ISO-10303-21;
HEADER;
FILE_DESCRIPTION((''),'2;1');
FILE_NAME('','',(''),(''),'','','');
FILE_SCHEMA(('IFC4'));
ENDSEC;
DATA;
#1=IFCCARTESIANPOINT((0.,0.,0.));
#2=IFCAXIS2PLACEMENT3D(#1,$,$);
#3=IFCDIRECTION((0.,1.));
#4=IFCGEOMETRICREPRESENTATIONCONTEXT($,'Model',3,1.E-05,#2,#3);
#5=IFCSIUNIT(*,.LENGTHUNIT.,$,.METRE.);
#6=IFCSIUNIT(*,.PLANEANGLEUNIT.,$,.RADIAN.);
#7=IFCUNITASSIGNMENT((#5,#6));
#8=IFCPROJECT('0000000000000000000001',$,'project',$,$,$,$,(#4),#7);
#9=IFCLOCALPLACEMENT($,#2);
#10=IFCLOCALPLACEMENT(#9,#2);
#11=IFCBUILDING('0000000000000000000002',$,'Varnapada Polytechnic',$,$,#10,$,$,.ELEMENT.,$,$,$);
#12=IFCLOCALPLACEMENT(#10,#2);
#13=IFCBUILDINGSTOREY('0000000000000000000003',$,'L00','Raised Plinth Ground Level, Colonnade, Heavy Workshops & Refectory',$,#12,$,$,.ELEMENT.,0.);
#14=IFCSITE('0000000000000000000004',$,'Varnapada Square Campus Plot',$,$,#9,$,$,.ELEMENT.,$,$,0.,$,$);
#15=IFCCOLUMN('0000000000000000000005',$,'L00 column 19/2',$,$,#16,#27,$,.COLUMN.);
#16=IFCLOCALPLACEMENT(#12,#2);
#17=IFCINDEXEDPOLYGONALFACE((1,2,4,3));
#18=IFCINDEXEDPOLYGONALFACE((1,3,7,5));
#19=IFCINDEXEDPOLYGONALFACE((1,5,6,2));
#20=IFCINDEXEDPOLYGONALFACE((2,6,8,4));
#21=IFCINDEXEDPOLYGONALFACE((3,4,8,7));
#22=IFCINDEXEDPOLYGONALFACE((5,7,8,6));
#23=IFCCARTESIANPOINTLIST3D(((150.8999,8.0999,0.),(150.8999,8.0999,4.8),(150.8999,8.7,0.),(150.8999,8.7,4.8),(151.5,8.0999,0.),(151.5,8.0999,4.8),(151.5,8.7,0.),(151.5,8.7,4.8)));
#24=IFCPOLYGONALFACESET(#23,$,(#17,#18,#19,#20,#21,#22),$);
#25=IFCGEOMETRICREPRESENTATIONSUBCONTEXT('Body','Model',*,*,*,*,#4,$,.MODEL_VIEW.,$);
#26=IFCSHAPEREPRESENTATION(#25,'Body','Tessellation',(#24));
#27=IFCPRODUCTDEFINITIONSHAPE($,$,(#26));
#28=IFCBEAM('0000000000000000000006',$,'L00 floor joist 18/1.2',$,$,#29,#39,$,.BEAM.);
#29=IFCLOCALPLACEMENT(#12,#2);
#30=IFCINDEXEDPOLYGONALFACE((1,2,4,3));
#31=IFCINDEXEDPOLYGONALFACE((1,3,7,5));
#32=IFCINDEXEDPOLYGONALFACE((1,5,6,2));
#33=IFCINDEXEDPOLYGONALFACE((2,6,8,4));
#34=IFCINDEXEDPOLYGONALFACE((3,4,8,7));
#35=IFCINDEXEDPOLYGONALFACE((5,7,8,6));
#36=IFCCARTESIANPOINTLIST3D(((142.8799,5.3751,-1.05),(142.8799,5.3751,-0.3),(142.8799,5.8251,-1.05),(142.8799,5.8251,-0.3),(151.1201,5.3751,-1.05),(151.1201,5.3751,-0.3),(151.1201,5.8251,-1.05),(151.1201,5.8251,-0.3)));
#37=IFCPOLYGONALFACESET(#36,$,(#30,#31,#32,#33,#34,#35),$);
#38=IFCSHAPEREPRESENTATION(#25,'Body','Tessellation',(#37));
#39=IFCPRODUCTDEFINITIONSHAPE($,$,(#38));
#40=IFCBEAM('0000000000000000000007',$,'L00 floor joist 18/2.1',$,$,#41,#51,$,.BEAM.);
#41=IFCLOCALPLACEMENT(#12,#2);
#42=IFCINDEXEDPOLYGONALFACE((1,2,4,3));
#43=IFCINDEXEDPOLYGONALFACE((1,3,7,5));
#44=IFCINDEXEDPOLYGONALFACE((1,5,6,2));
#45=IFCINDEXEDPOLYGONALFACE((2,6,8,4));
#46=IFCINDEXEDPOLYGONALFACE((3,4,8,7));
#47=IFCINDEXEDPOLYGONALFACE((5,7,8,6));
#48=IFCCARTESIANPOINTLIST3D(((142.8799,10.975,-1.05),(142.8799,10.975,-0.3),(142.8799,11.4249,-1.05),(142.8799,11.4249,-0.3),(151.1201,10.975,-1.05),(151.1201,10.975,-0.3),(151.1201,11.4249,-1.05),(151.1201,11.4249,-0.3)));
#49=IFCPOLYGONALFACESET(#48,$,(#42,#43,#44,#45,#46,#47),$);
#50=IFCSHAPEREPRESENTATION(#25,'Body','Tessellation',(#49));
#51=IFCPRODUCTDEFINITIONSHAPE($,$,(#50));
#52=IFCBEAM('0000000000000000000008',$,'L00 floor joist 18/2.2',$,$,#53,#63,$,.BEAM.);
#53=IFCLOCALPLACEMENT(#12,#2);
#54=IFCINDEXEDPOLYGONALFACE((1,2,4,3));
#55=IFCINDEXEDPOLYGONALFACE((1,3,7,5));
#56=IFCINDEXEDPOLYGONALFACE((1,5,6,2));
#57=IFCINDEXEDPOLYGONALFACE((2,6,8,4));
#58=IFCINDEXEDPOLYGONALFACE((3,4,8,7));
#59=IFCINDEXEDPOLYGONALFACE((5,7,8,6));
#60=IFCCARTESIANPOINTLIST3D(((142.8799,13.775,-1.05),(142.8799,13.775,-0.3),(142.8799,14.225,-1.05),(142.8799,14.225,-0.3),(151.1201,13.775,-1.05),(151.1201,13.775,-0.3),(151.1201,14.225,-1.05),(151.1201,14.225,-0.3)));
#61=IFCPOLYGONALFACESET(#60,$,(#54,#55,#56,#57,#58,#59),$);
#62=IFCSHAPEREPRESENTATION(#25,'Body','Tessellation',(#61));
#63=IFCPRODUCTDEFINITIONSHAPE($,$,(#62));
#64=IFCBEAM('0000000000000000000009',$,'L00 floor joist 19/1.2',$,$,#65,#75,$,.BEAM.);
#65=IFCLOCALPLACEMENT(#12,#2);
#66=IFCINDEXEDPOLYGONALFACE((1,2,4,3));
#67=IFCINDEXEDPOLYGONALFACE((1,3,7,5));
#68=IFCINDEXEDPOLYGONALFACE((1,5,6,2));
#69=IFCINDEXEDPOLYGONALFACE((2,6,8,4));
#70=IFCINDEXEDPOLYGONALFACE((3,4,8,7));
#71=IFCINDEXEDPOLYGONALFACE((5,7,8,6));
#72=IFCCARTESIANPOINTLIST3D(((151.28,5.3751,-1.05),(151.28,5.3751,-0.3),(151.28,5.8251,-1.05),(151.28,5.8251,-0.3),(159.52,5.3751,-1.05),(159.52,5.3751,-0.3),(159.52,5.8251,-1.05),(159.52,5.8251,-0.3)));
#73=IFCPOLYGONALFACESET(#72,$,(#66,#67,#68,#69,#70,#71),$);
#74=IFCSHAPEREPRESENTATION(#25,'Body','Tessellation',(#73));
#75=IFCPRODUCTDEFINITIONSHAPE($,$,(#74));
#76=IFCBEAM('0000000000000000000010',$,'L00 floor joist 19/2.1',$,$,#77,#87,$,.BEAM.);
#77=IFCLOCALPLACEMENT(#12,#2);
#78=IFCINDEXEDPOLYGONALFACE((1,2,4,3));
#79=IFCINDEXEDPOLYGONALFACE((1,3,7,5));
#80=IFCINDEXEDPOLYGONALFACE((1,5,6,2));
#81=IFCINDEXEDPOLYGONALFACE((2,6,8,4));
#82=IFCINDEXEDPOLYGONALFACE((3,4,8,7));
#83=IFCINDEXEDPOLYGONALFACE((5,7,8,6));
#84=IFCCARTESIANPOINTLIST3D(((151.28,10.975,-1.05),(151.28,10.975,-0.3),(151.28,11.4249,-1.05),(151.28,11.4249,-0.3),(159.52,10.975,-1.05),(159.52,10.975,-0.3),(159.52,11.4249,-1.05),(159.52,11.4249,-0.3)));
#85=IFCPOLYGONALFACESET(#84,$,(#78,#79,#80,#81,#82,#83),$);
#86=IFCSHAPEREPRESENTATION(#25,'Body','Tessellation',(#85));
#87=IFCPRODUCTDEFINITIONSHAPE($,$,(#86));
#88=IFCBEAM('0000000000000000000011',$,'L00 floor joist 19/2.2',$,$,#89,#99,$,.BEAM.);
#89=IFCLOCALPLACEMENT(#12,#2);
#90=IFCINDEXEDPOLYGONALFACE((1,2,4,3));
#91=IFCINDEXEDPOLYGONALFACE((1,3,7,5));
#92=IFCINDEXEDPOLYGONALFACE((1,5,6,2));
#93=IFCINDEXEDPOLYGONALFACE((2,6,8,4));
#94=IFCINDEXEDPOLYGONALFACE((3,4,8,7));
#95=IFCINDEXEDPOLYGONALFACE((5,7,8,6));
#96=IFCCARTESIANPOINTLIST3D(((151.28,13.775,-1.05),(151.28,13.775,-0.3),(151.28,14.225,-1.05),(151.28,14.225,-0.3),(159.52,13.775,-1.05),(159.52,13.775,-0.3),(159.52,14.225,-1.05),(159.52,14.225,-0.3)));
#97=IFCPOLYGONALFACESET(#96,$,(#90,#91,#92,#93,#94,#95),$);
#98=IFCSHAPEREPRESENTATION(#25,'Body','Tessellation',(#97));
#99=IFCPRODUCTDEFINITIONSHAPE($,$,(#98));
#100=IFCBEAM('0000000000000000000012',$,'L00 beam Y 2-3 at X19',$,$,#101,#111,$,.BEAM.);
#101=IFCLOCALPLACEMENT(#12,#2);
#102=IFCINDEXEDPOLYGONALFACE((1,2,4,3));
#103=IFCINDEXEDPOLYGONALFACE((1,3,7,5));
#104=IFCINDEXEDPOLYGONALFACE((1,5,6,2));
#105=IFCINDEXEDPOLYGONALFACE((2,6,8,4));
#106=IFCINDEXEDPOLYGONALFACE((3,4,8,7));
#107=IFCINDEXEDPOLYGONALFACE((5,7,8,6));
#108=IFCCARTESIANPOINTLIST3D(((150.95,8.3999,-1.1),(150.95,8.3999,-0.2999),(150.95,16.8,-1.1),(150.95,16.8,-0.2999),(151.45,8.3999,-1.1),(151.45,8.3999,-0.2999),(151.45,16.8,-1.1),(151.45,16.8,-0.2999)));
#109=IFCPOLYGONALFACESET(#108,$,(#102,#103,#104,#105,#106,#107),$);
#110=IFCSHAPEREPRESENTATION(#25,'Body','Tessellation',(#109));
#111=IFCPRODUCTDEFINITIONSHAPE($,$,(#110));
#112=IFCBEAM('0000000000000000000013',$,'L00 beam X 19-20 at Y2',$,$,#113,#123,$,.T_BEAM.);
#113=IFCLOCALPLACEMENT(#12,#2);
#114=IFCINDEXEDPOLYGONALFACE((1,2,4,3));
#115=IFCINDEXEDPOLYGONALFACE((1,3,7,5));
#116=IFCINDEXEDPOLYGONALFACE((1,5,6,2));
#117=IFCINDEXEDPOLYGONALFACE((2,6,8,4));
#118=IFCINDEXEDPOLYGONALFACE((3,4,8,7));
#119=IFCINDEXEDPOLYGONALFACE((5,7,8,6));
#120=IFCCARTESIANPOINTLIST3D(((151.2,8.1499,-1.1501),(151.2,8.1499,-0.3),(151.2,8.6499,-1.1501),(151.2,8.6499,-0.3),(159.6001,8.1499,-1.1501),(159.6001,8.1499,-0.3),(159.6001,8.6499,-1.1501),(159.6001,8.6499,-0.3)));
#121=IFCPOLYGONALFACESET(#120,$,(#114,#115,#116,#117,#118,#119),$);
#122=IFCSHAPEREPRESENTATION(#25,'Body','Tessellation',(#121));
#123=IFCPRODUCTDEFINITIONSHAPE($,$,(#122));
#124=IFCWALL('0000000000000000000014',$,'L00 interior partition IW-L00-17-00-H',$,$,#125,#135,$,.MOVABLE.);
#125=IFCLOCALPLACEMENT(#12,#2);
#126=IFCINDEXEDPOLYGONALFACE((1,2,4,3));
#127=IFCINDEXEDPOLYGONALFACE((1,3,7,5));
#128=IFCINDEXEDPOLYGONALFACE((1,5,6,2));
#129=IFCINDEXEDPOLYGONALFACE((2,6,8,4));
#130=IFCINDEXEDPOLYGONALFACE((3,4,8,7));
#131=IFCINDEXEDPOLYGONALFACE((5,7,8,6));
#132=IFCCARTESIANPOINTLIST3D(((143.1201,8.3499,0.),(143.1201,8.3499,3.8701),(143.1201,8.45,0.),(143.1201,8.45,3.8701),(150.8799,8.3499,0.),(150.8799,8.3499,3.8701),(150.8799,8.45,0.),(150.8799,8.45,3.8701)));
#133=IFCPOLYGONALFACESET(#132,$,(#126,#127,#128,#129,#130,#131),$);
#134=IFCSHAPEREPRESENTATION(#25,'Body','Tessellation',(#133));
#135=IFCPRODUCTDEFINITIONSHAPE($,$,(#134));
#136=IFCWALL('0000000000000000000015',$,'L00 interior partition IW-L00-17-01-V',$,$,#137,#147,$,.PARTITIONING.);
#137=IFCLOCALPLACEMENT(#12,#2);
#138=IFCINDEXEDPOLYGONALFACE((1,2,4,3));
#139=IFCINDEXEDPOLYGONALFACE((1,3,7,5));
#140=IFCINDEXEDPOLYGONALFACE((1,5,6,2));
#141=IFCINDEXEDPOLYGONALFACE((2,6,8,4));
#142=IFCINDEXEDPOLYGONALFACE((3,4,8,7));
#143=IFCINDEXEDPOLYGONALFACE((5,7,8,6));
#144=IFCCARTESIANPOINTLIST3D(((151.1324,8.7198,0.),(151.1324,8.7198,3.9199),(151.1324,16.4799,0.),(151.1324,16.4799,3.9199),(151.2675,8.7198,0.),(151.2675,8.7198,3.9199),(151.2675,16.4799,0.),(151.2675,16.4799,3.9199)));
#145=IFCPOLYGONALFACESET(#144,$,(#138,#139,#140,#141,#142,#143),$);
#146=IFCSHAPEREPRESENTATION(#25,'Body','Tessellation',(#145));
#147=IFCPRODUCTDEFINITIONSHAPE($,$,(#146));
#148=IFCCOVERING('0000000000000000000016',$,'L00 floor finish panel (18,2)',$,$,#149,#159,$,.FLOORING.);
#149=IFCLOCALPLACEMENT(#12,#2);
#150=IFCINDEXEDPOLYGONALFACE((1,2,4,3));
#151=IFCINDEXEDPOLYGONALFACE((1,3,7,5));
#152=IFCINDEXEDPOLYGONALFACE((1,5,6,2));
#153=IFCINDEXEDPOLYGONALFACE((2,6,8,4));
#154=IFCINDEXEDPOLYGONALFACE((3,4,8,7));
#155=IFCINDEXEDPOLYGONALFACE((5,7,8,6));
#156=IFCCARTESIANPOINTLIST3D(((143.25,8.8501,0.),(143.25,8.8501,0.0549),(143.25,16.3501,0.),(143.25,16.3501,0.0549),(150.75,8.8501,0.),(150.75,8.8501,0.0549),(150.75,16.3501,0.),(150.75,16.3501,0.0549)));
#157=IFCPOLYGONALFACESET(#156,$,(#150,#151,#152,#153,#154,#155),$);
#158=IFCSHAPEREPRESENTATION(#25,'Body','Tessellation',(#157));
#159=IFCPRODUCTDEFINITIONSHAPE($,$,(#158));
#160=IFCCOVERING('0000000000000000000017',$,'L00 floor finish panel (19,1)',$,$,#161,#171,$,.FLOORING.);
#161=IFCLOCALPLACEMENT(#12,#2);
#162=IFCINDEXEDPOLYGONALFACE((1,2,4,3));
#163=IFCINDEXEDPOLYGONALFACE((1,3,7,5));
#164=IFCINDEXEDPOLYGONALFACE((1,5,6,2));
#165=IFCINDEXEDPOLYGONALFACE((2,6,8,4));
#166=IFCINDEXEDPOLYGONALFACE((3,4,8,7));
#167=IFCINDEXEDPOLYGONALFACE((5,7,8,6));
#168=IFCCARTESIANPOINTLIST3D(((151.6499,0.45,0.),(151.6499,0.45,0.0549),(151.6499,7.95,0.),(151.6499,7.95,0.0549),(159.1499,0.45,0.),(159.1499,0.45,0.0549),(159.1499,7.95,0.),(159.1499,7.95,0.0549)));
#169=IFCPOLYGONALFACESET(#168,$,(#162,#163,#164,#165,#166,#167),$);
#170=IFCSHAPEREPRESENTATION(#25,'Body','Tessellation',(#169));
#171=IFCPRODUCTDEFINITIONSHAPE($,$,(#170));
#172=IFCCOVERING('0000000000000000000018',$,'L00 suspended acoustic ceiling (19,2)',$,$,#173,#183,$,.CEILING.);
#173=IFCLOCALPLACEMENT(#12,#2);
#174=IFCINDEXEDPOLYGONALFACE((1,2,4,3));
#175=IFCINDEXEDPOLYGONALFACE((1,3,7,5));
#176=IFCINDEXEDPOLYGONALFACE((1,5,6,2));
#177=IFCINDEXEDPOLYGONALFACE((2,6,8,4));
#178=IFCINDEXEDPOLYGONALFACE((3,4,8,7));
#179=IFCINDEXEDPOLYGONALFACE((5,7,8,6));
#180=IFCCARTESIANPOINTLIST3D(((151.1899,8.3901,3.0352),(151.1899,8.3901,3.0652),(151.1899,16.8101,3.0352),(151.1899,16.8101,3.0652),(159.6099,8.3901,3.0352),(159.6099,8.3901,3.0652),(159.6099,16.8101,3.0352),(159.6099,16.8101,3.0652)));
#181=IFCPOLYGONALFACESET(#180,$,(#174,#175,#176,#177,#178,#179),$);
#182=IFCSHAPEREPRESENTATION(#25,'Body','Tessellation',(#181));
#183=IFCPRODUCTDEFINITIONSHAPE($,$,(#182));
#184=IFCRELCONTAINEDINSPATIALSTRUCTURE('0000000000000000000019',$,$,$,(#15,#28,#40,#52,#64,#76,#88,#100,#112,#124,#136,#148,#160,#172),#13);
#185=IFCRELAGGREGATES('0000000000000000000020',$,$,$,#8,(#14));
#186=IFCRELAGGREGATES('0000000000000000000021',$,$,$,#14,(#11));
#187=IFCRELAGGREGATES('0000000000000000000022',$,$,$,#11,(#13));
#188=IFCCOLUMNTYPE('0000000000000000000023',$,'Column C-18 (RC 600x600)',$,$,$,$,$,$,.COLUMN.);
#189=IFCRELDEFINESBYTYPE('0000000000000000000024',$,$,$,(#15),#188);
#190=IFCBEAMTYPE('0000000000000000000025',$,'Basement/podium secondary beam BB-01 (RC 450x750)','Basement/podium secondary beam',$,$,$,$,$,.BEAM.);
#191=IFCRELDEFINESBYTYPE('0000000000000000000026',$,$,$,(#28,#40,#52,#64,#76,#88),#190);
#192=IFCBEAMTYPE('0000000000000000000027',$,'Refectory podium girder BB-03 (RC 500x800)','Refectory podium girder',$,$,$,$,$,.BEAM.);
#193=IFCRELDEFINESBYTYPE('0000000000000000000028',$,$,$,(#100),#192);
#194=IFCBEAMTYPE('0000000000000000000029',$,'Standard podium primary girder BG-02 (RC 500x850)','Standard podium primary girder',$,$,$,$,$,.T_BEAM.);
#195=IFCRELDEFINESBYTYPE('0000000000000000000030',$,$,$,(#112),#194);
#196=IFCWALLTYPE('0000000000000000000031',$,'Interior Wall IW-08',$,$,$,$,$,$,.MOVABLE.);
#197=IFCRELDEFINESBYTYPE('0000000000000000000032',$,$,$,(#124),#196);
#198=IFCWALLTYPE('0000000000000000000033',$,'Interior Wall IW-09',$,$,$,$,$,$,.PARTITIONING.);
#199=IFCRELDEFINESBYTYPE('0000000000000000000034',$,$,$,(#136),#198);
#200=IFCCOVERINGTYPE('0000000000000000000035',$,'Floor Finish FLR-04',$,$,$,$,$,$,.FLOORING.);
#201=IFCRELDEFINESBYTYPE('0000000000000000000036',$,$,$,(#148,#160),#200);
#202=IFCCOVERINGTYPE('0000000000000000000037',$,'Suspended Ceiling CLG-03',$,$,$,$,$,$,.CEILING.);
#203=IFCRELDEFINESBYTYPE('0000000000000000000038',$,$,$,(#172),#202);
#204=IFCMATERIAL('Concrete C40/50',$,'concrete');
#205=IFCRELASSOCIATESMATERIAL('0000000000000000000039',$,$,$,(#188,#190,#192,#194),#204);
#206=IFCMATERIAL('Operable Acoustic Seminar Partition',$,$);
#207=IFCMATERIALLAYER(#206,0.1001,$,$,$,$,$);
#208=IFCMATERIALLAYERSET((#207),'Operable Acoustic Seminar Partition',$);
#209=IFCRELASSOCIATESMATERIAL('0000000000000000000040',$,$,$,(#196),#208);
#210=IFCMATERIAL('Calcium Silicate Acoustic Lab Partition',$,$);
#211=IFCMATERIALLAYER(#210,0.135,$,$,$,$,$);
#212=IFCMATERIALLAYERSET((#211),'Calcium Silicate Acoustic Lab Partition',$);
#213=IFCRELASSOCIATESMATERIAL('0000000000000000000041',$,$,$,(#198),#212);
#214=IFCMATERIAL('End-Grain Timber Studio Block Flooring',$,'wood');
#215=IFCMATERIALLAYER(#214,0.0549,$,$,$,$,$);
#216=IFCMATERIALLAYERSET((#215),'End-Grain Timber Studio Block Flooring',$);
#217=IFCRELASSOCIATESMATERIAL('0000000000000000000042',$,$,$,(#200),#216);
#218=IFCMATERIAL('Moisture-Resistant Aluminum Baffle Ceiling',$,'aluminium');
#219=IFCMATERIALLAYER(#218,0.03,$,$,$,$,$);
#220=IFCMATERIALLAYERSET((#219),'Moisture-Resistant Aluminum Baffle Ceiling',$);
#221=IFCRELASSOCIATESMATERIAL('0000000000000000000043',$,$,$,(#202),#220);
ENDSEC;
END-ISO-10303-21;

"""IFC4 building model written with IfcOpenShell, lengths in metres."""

from ifc_helpers import new_model, si_unit, direction, frame, frame_2d, origin, origin_2d, place, context, subcontext, project, spatial, rectangle, extrude, material, layer, layer_set, material_profile, profile_set, type_object, element, save


model = new_model("IFC4")

# Units and contexts
model_context = context("Model", 3, precision=1e-05, world=origin(), true_north=direction((0.0, 1.0)))
body_context = subcontext(model_context, "Body", "Model", "MODEL_VIEW")
ifc_project = project(units=[si_unit("LENGTHUNIT", "METRE"), si_unit("PLANEANGLEUNIT", "RADIAN")], contexts=[model_context])

# Site, building, storey
site_placement = place(None, origin())
site = spatial("IfcSite", under=ifc_project, at=site_placement, Name="Varnapada Square Campus Plot", CompositionType="ELEMENT", RefElevation=0.0)
building_placement = place(site_placement, origin())
building = spatial("IfcBuilding", under=site, at=building_placement, Name="Varnapada Polytechnic", CompositionType="ELEMENT")
storey_placement = place(building_placement, origin())
storey = spatial("IfcBuildingStorey", under=building, at=storey_placement, Name="L00", Description="Raised Plinth Ground Level, Colonnade, Heavy Workshops & Refectory", CompositionType="ELEMENT", Elevation=0.0)

# Column
ifc_material_1 = material(Name="Concrete C40/50", Category="concrete")
ifc_material_profile_1 = material_profile(ifc_material_1, rectangle(XDim=0.6001, YDim=0.6001, at=origin_2d()), Name="RC 600x600")
ifc_profile_set_1 = profile_set([ifc_material_profile_1], Name="Concrete C40/50")
column_type = type_object("IfcColumnType", Name="Column C-18 (RC 600x600)", PredefinedType="COLUMN", material=ifc_profile_set_1)
column_placement = place(storey_placement, frame((151.2, 8.3999, 0.0), z_axis=(0.0, 0.0, 1.0), x_axis=(1.0, 0.0, 0.0)))
element("IfcColumn", 1, at=column_placement, inside=storey, type_object=column_type, Name="L00 column 19/2", PredefinedType="COLUMN", context=body_context, shape_type="SweptSolid", body=[
    extrude(rectangle(XDim=0.6001, YDim=0.6001, at=origin_2d()), origin(), (0.0, 0.0, 1.0), 4.8),
])

# Beams
ifc_material_profile_2 = material_profile(ifc_material_1, rectangle(XDim=0.45, YDim=0.75, at=origin_2d()), Name="RC 450x750")
ifc_profile_set_2 = profile_set([ifc_material_profile_2], Name="Concrete C40/50")
beam_type_1 = type_object("IfcBeamType", Name="Basement/podium secondary beam BB-01 (RC 450x750)", Description="Basement/podium secondary beam", PredefinedType="BEAM", material=ifc_profile_set_2)
for number, where, z_axis, x_axis, name in (
    (2, (142.8799, 5.6001, -0.675), (1.0, 0.0, 0.0), (0.0, 1.0, 0.0), "L00 floor joist 18/1.2"),
    (3, (142.8799, 11.2, -0.675), (1.0, 0.0, 0.0), (0.0, 1.0, 0.0), "L00 floor joist 18/2.1"),
    (4, (142.8799, 14.0, -0.675), (1.0, 0.0, 0.0), (0.0, 1.0, 0.0), "L00 floor joist 18/2.2"),
):
    element("IfcBeam", number, at=place(storey_placement, frame(where, z_axis=z_axis, x_axis=x_axis)), inside=storey, type_object=beam_type_1, Name=name, PredefinedType="BEAM", context=body_context, shape_type="SweptSolid", body=[
        extrude(rectangle(XDim=0.45, YDim=0.75, at=origin_2d()), origin(), (0.0, 0.0, 1.0), 8.2402),
    ])
for number, where, z_axis, x_axis, name in (
    (5, (151.28, 5.6001, -0.675), (1.0, 0.0, 0.0), (0.0, 1.0, 0.0), "L00 floor joist 19/1.2"),
    (6, (151.28, 11.2, -0.675), (1.0, 0.0, 0.0), (0.0, 1.0, 0.0), "L00 floor joist 19/2.1"),
    (7, (151.28, 14.0, -0.675), (1.0, 0.0, 0.0), (0.0, 1.0, 0.0), "L00 floor joist 19/2.2"),
):
    element("IfcBeam", number, at=place(storey_placement, frame(where, z_axis=z_axis, x_axis=x_axis)), inside=storey, type_object=beam_type_1, Name=name, PredefinedType="BEAM", context=body_context, shape_type="SweptSolid", body=[
        extrude(rectangle(XDim=0.45, YDim=0.75, at=origin_2d()), origin(), (0.0, 0.0, 1.0), 8.24),
    ])
ifc_material_profile_3 = material_profile(ifc_material_1, rectangle(XDim=0.5, YDim=0.8, at=origin_2d()), Name="RC 500x800")
ifc_profile_set_3 = profile_set([ifc_material_profile_3], Name="Concrete C40/50")
beam_type_2 = type_object("IfcBeamType", Name="Refectory podium girder BB-03 (RC 500x800)", Description="Refectory podium girder", PredefinedType="BEAM", material=ifc_profile_set_3)
beam_1_placement = place(storey_placement, frame((151.2, 8.3999, -0.7), z_axis=(0.0, 1.0, 0.0), x_axis=(-1.0, 0.0, 0.0)))
element("IfcBeam", 8, at=beam_1_placement, inside=storey, type_object=beam_type_2, Name="L00 beam Y 2-3 at X19", PredefinedType="BEAM", context=body_context, shape_type="SweptSolid", body=[
    extrude(rectangle(XDim=0.5, YDim=0.8, at=origin_2d()), origin(), (0.0, 0.0, 1.0), 8.4001),
])
ifc_material_profile_4 = material_profile(ifc_material_1, rectangle(XDim=0.5, YDim=0.8501, at=origin_2d()), Name="RC 500x850")
ifc_profile_set_4 = profile_set([ifc_material_profile_4], Name="Concrete C40/50")
beam_type_3 = type_object("IfcBeamType", Name="Standard podium primary girder BG-02 (RC 500x850)", Description="Standard podium primary girder", PredefinedType="T_BEAM", material=ifc_profile_set_4)
beam_2_placement = place(storey_placement, frame((151.2, 8.3999, -0.7251), z_axis=(1.0, 0.0, 0.0), x_axis=(0.0, 1.0, 0.0)))
element("IfcBeam", 9, at=beam_2_placement, inside=storey, type_object=beam_type_3, Name="L00 beam X 19-20 at Y2", PredefinedType="T_BEAM", context=body_context, shape_type="SweptSolid", body=[
    extrude(rectangle(XDim=0.5, YDim=0.8501, at=origin_2d()), origin(), (0.0, 0.0, 1.0), 8.4001),
])

# Walls
ifc_material_2 = material(Name="Operable Acoustic Seminar Partition")
ifc_layer_1 = layer(ifc_material_2, 0.1001)
ifc_layer_set_1 = layer_set([ifc_layer_1], Name="Operable Acoustic Seminar Partition")
wall_type_1 = type_object("IfcWallType", Name="Interior Wall IW-08", PredefinedType="MOVABLE", material=ifc_layer_set_1)
wall_1_placement = place(storey_placement, frame((143.1201, 8.3999, 0.0), z_axis=(0.0, 0.0, 1.0), x_axis=(1.0, 0.0, 0.0)))
element("IfcWall", 10, at=wall_1_placement, inside=storey, type_object=wall_type_1, Name="L00 interior partition IW-L00-17-00-H", PredefinedType="MOVABLE", context=body_context, shape_type="SweptSolid", body=[
    extrude(rectangle(XDim=7.7598, YDim=0.1001, at=frame_2d((3.8799, 0.0))), origin(), (0.0, 0.0, 1.0), 3.8701),
])
ifc_material_3 = material(Name="Calcium Silicate Acoustic Lab Partition")
ifc_layer_2 = layer(ifc_material_3, 0.135)
ifc_layer_set_2 = layer_set([ifc_layer_2], Name="Calcium Silicate Acoustic Lab Partition")
wall_type_2 = type_object("IfcWallType", Name="Interior Wall IW-09", PredefinedType="PARTITIONING", material=ifc_layer_set_2)
wall_2_placement = place(storey_placement, frame((151.2, 8.72, 0.0), z_axis=(0.0, 0.0, 1.0), x_axis=(0.0, 1.0, 0.0)))
element("IfcWall", 11, at=wall_2_placement, inside=storey, type_object=wall_type_2, Name="L00 interior partition IW-L00-17-01-V", PredefinedType="PARTITIONING", context=body_context, shape_type="SweptSolid", body=[
    extrude(rectangle(XDim=7.76, YDim=0.135, at=frame_2d((3.8799, 0.0))), origin(), (0.0, 0.0, 1.0), 3.9199),
])

# Coverings
ifc_material_4 = material(Name="End-Grain Timber Studio Block Flooring", Category="wood")
ifc_layer_3 = layer(ifc_material_4, 0.0549)
ifc_layer_set_3 = layer_set([ifc_layer_3], Name="End-Grain Timber Studio Block Flooring")
covering_type_1 = type_object("IfcCoveringType", Name="Floor Finish FLR-04", PredefinedType="FLOORING", material=ifc_layer_set_3)
for number, where, z_axis, x_axis, name in (
    (12, (147.0, 12.6001, 0.0), (0.0, 0.0, 1.0), (1.0, 0.0, 0.0), "L00 floor finish panel (18,2)"),
    (13, (155.3999, 4.2, 0.0), (0.0, 0.0, 1.0), (1.0, 0.0, 0.0), "L00 floor finish panel (19,1)"),
):
    element("IfcCovering", number, at=place(storey_placement, frame(where, z_axis=z_axis, x_axis=x_axis)), inside=storey, type_object=covering_type_1, Name=name, PredefinedType="FLOORING", context=body_context, shape_type="SweptSolid", body=[
        extrude(rectangle(XDim=7.5, YDim=7.5, at=origin_2d()), origin(), (0.0, 0.0, 1.0), 0.0549),
    ])
ifc_material_5 = material(Name="Moisture-Resistant Aluminum Baffle Ceiling", Category="aluminium")
ifc_layer_4 = layer(ifc_material_5, 0.03)
ifc_layer_set_4 = layer_set([ifc_layer_4], Name="Moisture-Resistant Aluminum Baffle Ceiling")
covering_type_2 = type_object("IfcCoveringType", Name="Suspended Ceiling CLG-03", PredefinedType="CEILING", material=ifc_layer_set_4)
covering_placement = place(storey_placement, frame((155.3999, 12.6001, 3.0352), z_axis=(0.0, 0.0, 1.0), x_axis=(1.0, 0.0, 0.0)))
element("IfcCovering", 14, at=covering_placement, inside=storey, type_object=covering_type_2, Name="L00 suspended acoustic ceiling (19,2)", PredefinedType="CEILING", context=body_context, shape_type="SweptSolid", body=[
    extrude(rectangle(XDim=8.4199, YDim=8.4199, at=origin_2d()), origin(), (0.0, 0.0, 1.0), 0.03),
])

save(model, "model.ifc")
